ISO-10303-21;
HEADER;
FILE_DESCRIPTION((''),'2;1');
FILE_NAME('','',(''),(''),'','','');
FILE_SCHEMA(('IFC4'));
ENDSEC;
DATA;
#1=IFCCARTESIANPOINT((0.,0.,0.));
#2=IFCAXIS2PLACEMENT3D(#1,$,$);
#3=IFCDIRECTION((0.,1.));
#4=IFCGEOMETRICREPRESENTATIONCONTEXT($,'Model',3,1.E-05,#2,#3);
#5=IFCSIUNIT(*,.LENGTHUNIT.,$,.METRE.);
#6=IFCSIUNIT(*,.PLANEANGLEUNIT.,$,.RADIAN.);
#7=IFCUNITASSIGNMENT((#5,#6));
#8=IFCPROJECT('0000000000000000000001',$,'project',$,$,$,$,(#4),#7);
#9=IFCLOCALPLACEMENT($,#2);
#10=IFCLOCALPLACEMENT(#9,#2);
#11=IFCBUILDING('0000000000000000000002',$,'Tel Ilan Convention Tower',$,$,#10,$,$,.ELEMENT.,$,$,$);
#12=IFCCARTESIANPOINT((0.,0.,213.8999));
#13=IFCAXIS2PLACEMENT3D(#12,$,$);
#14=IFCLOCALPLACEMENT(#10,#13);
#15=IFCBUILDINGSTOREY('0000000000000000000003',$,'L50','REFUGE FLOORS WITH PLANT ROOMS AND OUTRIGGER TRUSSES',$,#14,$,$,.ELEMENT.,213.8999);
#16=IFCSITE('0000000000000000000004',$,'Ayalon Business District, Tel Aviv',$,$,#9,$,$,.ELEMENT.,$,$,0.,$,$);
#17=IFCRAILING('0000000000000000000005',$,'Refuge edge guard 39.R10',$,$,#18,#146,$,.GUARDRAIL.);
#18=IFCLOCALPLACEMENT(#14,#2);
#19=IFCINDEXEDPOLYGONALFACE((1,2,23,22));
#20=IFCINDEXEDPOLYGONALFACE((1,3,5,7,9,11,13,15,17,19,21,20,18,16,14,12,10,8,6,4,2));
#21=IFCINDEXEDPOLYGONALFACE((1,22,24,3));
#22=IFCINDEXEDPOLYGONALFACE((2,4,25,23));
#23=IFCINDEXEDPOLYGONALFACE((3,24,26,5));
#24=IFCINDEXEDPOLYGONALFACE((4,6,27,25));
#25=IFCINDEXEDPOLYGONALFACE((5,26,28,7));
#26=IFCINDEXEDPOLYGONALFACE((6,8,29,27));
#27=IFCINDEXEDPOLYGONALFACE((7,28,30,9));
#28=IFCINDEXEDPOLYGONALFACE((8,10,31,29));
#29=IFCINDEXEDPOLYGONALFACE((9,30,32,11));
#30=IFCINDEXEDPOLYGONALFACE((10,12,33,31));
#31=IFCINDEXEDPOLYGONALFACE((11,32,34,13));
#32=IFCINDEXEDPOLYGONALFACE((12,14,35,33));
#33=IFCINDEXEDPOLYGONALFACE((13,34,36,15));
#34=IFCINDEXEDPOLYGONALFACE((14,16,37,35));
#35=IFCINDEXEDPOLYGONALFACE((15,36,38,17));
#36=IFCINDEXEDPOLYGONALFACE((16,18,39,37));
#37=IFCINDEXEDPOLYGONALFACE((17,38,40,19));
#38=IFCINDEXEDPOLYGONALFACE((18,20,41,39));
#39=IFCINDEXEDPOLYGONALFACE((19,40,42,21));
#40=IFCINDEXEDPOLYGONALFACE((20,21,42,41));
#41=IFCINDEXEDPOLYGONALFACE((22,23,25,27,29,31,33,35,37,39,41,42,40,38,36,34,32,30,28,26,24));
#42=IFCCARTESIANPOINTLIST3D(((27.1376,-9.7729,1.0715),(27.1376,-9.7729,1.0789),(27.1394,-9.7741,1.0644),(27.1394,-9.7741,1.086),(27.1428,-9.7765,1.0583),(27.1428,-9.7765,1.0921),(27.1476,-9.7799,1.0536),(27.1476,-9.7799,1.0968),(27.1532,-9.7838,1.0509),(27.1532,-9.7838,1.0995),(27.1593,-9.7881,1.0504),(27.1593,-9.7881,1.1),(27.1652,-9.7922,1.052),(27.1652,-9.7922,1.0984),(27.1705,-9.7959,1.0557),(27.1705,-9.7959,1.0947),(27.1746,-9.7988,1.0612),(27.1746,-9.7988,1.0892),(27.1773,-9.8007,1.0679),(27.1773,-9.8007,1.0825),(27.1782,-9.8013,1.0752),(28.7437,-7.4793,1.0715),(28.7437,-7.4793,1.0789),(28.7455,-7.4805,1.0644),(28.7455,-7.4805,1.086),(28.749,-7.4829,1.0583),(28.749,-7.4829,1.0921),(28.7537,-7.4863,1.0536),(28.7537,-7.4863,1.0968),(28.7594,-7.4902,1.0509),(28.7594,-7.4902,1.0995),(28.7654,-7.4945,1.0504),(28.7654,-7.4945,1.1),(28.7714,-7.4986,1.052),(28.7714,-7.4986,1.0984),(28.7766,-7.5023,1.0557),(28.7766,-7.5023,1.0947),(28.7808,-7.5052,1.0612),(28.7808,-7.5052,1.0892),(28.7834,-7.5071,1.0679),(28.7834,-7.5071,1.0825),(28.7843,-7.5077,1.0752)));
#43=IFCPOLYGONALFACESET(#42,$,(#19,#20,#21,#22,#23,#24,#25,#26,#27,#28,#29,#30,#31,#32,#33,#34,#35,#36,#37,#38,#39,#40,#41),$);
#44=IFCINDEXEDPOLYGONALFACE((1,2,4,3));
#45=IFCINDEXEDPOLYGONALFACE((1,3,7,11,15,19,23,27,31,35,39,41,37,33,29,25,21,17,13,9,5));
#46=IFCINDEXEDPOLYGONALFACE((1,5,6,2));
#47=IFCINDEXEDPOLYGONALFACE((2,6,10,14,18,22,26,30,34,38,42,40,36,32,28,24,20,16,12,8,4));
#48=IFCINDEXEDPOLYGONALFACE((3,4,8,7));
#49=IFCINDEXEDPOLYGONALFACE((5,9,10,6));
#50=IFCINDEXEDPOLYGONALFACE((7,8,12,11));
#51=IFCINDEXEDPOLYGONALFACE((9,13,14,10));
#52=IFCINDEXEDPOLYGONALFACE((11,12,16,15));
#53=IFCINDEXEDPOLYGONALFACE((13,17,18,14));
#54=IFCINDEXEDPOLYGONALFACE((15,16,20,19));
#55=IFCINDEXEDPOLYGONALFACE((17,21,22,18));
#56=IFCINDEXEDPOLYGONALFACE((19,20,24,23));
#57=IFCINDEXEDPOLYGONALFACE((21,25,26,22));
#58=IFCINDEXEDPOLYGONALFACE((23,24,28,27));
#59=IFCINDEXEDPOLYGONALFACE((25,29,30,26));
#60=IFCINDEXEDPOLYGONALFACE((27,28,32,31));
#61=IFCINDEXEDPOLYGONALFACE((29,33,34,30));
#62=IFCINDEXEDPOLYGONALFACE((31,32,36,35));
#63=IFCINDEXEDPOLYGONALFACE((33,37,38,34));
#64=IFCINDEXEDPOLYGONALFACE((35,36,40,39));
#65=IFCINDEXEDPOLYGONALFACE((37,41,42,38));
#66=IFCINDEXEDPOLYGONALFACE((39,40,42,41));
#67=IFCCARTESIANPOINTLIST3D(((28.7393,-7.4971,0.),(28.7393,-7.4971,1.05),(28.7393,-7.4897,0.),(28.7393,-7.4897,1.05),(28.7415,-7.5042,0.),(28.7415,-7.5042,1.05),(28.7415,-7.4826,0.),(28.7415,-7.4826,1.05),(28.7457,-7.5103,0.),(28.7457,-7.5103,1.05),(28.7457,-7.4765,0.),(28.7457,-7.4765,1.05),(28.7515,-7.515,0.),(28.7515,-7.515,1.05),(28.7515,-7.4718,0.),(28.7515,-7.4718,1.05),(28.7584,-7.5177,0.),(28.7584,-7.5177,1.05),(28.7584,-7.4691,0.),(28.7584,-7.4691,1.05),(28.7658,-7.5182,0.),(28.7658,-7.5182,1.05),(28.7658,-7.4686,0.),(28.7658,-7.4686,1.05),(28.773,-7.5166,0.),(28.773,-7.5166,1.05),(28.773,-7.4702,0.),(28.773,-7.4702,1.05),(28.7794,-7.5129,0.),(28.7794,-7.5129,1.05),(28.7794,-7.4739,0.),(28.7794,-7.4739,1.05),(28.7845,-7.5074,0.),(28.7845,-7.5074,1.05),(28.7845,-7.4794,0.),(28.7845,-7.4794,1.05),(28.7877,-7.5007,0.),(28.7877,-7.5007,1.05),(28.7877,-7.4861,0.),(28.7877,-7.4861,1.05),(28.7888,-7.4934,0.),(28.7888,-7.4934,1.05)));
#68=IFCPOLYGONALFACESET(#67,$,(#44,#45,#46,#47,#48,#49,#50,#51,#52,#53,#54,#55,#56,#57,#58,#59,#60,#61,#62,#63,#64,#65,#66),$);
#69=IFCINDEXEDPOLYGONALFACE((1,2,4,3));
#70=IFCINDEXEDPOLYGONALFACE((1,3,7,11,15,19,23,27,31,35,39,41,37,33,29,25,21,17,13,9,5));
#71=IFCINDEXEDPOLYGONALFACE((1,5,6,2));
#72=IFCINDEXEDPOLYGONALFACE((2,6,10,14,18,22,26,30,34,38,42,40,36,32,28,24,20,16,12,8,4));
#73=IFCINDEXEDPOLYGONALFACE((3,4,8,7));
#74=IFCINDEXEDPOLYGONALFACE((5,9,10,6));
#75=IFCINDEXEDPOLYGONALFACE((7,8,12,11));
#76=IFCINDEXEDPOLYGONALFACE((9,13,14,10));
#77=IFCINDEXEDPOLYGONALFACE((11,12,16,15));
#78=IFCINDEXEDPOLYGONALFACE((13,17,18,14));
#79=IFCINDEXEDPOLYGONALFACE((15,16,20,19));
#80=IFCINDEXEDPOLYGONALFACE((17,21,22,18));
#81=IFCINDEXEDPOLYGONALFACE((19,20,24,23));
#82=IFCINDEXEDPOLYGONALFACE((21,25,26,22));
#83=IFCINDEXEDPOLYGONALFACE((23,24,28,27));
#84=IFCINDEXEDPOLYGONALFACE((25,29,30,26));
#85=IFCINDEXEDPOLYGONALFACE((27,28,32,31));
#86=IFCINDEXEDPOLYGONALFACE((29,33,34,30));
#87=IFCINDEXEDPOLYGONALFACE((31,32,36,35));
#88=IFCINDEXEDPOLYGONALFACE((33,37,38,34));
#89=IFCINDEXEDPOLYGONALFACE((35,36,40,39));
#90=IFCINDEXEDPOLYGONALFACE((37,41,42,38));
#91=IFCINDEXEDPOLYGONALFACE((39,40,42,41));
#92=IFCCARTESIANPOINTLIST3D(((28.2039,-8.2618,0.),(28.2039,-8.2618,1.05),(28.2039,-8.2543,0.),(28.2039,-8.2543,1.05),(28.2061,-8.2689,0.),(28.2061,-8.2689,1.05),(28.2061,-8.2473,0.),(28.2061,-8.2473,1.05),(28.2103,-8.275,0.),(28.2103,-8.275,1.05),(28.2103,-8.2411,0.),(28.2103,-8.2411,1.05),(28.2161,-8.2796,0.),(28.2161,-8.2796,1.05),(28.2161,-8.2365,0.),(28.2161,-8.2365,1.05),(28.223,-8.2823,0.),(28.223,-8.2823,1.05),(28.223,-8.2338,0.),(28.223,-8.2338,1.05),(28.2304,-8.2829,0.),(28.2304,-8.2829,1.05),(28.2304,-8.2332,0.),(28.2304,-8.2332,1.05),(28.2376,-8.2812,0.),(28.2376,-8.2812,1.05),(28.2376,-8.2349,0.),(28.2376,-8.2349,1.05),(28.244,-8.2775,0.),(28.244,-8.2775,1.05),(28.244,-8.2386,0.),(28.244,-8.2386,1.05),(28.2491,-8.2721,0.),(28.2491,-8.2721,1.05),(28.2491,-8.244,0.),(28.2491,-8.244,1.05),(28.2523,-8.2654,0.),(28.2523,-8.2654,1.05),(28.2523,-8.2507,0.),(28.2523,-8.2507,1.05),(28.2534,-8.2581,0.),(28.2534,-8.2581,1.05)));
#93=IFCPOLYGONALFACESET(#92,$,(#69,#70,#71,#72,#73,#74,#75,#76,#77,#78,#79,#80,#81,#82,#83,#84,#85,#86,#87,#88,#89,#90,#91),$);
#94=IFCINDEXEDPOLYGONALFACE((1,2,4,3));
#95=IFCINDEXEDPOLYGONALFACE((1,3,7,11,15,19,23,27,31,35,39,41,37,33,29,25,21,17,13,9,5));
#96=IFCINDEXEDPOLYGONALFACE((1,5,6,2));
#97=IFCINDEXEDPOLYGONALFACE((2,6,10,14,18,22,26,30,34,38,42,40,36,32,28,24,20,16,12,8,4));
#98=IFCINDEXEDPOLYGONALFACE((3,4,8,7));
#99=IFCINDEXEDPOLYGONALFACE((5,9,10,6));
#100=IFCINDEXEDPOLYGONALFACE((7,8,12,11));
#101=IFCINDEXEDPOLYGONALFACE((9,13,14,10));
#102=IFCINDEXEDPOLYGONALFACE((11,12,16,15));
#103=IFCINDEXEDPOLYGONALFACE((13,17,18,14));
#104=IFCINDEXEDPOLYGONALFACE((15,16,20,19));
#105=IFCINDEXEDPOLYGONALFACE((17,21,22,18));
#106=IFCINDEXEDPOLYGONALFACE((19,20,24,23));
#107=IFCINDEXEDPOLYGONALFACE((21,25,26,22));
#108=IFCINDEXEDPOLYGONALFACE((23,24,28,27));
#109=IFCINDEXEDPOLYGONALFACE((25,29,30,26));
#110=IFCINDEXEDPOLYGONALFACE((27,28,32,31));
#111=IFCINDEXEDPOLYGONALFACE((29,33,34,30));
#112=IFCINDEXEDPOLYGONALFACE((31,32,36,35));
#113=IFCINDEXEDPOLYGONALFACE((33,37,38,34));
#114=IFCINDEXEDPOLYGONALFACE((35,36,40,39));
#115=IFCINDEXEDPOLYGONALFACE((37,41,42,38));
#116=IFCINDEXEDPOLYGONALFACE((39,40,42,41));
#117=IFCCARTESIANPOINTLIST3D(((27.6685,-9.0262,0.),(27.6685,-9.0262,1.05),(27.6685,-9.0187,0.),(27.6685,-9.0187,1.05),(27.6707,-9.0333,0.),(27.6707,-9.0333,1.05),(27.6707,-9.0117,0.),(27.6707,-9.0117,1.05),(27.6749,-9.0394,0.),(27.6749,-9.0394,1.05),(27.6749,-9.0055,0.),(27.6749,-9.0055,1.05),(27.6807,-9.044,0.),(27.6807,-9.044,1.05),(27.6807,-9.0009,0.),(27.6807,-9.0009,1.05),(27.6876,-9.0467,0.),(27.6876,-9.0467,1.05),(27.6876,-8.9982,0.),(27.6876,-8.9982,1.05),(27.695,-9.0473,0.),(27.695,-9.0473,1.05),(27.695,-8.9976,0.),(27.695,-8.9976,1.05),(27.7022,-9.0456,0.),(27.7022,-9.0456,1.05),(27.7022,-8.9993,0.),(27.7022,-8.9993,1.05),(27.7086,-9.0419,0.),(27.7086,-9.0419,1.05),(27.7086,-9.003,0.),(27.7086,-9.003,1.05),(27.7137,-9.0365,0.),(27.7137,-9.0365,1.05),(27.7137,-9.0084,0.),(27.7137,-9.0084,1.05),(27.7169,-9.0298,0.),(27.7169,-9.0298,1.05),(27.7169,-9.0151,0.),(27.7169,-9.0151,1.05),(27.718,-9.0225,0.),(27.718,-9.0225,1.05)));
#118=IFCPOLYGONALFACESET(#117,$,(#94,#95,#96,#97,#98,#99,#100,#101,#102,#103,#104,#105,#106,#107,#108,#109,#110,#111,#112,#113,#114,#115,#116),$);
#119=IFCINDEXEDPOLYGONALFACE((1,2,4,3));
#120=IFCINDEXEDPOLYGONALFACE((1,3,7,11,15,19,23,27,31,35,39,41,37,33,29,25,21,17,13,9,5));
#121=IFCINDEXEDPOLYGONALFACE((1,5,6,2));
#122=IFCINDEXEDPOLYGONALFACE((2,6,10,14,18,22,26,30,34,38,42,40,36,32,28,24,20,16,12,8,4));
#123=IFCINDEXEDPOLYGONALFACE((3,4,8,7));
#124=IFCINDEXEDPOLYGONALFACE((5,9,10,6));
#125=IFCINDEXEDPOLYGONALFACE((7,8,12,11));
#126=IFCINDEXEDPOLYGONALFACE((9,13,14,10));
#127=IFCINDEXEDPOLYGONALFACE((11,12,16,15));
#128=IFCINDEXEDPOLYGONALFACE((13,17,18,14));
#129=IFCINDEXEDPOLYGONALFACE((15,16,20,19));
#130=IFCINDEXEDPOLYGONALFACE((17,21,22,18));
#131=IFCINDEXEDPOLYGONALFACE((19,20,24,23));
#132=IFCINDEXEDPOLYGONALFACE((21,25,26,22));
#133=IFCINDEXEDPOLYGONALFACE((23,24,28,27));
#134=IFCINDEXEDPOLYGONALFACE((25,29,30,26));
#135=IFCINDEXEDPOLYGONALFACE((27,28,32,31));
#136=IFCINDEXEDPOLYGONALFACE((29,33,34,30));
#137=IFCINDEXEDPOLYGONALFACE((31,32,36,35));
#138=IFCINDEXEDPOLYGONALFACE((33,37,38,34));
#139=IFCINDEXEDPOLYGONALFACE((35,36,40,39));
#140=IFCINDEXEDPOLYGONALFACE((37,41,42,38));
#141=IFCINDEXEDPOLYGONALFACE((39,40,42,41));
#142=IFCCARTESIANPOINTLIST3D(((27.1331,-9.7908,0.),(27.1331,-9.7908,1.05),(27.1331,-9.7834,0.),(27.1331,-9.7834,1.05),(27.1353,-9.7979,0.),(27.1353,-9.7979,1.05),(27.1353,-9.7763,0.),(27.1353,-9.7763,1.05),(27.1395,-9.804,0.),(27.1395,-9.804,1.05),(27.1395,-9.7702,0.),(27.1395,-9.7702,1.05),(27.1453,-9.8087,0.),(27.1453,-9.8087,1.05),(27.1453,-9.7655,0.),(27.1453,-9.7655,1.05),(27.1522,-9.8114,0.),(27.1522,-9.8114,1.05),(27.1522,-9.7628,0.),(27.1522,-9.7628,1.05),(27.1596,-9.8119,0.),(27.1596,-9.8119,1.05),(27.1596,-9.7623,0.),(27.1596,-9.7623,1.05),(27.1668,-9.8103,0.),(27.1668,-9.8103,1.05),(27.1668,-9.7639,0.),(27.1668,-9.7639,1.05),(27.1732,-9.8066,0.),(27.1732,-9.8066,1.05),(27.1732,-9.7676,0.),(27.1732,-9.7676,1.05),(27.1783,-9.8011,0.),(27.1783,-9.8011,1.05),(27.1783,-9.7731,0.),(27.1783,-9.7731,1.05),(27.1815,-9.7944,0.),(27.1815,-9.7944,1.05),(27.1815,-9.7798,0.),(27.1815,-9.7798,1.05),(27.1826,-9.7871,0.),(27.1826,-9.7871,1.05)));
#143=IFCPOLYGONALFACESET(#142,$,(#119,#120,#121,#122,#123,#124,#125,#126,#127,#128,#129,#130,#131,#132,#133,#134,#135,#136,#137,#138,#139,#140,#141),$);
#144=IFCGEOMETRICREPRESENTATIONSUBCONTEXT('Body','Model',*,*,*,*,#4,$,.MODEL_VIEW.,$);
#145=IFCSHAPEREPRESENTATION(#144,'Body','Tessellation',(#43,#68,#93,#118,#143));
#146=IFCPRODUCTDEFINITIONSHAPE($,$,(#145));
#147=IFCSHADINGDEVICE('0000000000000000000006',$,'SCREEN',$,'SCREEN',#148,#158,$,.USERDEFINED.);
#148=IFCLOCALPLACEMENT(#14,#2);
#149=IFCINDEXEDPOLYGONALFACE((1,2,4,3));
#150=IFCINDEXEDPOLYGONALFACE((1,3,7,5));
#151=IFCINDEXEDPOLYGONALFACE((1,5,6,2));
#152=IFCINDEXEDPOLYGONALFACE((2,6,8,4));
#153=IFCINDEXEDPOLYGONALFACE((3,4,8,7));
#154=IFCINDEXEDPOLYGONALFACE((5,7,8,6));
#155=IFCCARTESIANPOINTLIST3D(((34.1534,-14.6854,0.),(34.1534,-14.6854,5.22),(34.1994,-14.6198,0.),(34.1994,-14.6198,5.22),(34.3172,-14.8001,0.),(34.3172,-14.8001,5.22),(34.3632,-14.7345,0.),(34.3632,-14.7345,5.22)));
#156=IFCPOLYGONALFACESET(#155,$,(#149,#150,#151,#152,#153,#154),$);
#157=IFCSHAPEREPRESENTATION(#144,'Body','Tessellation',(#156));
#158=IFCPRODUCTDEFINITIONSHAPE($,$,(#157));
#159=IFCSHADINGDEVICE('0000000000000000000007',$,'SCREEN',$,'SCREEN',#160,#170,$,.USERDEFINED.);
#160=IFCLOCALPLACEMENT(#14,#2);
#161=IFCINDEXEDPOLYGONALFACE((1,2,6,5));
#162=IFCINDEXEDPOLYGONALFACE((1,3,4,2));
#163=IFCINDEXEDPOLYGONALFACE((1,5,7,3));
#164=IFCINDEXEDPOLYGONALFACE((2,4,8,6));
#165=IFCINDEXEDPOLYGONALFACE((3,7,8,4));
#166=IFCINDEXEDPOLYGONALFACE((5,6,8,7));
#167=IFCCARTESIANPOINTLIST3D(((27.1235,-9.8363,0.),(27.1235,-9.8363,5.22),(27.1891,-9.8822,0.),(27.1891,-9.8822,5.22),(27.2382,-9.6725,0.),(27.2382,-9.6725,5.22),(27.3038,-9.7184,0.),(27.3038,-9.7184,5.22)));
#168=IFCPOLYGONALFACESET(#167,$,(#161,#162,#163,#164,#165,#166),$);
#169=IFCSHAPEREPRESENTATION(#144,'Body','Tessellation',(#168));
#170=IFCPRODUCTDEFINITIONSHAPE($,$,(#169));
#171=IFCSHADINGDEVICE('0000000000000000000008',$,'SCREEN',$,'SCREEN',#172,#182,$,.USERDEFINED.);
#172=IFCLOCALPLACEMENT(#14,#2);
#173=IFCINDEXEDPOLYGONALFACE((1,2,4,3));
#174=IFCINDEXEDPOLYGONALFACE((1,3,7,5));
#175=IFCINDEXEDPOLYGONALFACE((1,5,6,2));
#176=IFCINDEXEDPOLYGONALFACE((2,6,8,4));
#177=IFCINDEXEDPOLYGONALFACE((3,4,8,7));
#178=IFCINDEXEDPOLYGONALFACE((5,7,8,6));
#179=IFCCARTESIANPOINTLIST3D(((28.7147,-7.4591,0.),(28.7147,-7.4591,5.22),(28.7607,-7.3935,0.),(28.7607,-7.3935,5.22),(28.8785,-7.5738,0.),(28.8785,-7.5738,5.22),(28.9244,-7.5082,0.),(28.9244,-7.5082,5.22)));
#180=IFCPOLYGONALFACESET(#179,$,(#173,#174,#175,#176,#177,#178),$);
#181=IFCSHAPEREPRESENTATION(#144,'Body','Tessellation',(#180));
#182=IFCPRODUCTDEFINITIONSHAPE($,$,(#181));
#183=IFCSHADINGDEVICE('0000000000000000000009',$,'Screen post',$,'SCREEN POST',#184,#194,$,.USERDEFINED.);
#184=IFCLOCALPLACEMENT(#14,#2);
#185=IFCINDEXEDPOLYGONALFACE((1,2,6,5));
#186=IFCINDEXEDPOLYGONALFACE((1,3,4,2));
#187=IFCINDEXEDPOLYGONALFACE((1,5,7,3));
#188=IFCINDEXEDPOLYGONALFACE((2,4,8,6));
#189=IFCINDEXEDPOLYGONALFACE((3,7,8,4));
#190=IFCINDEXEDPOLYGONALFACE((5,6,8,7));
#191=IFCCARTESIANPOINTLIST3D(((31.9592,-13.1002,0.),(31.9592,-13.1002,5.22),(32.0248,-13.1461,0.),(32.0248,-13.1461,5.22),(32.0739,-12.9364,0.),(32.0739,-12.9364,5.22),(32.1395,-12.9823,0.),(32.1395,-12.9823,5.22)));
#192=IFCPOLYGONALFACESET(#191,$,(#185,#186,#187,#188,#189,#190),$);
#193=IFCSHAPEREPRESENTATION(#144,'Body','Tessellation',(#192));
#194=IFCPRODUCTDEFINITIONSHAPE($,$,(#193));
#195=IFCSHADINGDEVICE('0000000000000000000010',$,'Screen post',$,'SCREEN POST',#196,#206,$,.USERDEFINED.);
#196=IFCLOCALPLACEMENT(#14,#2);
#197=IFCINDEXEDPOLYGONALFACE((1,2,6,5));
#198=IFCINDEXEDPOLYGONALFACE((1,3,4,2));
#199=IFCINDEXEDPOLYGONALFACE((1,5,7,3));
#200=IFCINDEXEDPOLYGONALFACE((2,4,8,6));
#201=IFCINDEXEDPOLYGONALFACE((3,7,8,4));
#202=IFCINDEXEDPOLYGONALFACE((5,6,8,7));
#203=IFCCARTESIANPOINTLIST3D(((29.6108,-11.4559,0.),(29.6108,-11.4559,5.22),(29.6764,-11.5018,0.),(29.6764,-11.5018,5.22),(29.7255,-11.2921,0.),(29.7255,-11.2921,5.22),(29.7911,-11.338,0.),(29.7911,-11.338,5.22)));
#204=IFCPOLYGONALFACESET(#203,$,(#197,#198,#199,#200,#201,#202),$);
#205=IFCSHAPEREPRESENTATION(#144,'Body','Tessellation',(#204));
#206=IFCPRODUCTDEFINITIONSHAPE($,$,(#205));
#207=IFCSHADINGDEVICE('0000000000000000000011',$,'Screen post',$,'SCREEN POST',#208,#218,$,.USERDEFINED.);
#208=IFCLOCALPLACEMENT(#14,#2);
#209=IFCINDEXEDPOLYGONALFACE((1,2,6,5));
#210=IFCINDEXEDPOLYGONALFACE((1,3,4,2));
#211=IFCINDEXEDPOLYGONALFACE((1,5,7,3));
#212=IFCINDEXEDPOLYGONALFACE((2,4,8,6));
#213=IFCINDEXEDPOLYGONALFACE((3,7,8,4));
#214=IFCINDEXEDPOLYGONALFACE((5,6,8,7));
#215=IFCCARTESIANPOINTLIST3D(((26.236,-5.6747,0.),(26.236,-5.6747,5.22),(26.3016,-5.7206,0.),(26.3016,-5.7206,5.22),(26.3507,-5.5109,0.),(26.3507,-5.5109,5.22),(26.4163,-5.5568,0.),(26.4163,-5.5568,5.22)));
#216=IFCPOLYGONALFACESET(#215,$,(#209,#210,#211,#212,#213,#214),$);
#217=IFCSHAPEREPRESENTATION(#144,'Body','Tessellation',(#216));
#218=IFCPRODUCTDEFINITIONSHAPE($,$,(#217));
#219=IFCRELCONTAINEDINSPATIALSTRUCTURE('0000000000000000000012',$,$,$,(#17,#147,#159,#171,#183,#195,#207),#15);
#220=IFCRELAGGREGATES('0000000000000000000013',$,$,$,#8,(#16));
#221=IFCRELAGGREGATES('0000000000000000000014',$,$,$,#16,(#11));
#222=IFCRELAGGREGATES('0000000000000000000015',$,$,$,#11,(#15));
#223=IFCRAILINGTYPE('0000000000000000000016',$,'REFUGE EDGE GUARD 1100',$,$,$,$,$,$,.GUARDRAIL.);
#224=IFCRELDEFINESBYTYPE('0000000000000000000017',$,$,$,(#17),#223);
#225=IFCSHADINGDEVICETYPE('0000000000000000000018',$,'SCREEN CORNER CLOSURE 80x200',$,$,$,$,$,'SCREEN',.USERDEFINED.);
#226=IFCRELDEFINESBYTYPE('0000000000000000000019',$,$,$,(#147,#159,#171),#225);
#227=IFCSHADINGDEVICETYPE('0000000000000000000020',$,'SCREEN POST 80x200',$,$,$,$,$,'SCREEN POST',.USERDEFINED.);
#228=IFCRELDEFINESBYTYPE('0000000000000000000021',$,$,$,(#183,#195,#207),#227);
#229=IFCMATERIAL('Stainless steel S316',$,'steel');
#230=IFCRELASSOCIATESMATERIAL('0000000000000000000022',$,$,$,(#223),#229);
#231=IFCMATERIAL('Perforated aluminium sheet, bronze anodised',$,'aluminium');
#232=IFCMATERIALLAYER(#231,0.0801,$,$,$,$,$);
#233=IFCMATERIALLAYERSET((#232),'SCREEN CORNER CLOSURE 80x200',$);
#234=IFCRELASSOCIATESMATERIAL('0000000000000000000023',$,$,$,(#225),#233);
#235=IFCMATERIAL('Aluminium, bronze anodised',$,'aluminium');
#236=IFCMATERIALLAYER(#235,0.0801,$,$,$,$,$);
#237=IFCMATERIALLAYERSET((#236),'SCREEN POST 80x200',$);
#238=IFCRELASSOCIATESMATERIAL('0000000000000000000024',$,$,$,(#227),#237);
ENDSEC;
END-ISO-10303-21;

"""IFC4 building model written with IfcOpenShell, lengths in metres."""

from ifc_helpers import new_model, si_unit, direction, frame, origin, origin_2d, place, context, subcontext, project, spatial, rectangle, circle, extrude, material, layer, layer_set, type_object, element, save


model = new_model("IFC4")

# Units and contexts
model_context = context("Model", 3, precision=1e-05, world=origin(), true_north=direction((0.0, 1.0)))
body_context = subcontext(model_context, "Body", "Model", "MODEL_VIEW")
ifc_project = project(units=[si_unit("LENGTHUNIT", "METRE"), si_unit("PLANEANGLEUNIT", "RADIAN")], contexts=[model_context])

# Site, building, storey
site_placement = place(None, origin())
site = spatial("IfcSite", under=ifc_project, at=site_placement, Name="Ayalon Business District, Tel Aviv", CompositionType="ELEMENT", RefElevation=0.0)
building_placement = place(site_placement, origin())
building = spatial("IfcBuilding", under=site, at=building_placement, Name="Tel Ilan Convention Tower", CompositionType="ELEMENT")
storey_placement = place(building_placement, frame((0.0, 0.0, 213.8999)))
storey = spatial("IfcBuildingStorey", under=building, at=storey_placement, Name="L50", Description="REFUGE FLOORS WITH PLANT ROOMS AND OUTRIGGER TRUSSES", CompositionType="ELEMENT", Elevation=213.8999)

# Railing
ifc_material_1 = material(Name="Stainless steel S316", Category="steel")
railing_type_1 = type_object("IfcRailingType", Name="REFUGE EDGE GUARD 1100", PredefinedType="GUARDRAIL", material=ifc_material_1)
railing_1_placement = place(storey_placement, frame((28.7639, -7.4934, 0.0)))
element("IfcRailing", 1, at=railing_1_placement, inside=storey, type_object=railing_type_1, Name="Refuge edge guard 39.R10", PredefinedType="GUARDRAIL", context=body_context, shape_type="SweptSolid", body=[
    extrude(circle(Radius=0.0249, at=origin_2d()), frame((0.0, 0.0, 1.0752), z_axis=(-0.573609, -0.81913, 0.0), x_axis=(0.81913, -0.573609, 0.0)), (0.0, 0.0, 1.0), 2.8),
    extrude(circle(Radius=0.0249, at=origin_2d()), origin(), (0.0, 0.0, 1.0), 1.05),
    extrude(circle(Radius=0.0249, at=origin_2d()), frame((-0.5354, -0.7646, 0.0)), (0.0, 0.0, 1.0), 1.05),
    extrude(circle(Radius=0.0249, at=origin_2d()), frame((-1.0708, -1.5291, 0.0)), (0.0, 0.0, 1.0), 1.05),
    extrude(circle(Radius=0.0249, at=origin_2d()), frame((-1.6062, -2.2937, 0.0)), (0.0, 0.0, 1.0), 1.05),
])

# Shading devices
ifc_material_2 = material(Name="Perforated aluminium sheet, bronze anodised", Category="aluminium")
ifc_layer_1 = layer(ifc_material_2, 0.0801)
ifc_layer_set_1 = layer_set([ifc_layer_1], Name="SCREEN CORNER CLOSURE 80x200")
shading_device_type_1 = type_object("IfcShadingDeviceType", Name="SCREEN CORNER CLOSURE 80x200", ElementType="SCREEN", PredefinedType="USERDEFINED", material=ifc_layer_set_1)
for number, where, z_axis, x_axis, name in (
    (2, (34.2583, -14.71, 0.0), (0.0, 0.0, 1.0), (0.573576, 0.819152, 0.0), "SCREEN"),
    (3, (27.2136, -9.7773, 0.0), (0.0, 0.0, 1.0), (-0.819152, 0.573576, 0.0), "SCREEN"),
    (4, (28.8196, -7.4836, 0.0), (0.0, 0.0, 1.0), (0.573576, 0.819152, 0.0), "SCREEN"),
):
    element("IfcShadingDevice", number, at=place(storey_placement, frame(where, z_axis=z_axis, x_axis=x_axis)), inside=storey, type_object=shading_device_type_1, Name=name, ObjectType="SCREEN", PredefinedType="USERDEFINED", context=body_context, shape_type="SweptSolid", body=[
        extrude(rectangle(XDim=0.0801, YDim=0.2, at=origin_2d()), origin(), (0.0, 0.0, 1.0), 5.22),
    ])
ifc_material_3 = material(Name="Aluminium, bronze anodised", Category="aluminium")
ifc_layer_2 = layer(ifc_material_3, 0.0801)
ifc_layer_set_2 = layer_set([ifc_layer_2], Name="SCREEN POST 80x200")
shading_device_type_2 = type_object("IfcShadingDeviceType", Name="SCREEN POST 80x200", ElementType="SCREEN POST", PredefinedType="USERDEFINED", material=ifc_layer_set_2)
for number, where, z_axis, x_axis, name in (
    (5, (32.0493, -13.0413, 0.0), (0.0, 0.0, 1.0), (-0.819152, 0.573576, 0.0), "Screen post"),
    (6, (29.7009, -11.397, 0.0), (0.0, 0.0, 1.0), (-0.819152, 0.573576, 0.0), "Screen post"),
    (7, (26.3262, -5.6157, 0.0), (0.0, 0.0, 1.0), (-0.819152, 0.573576, 0.0), "Screen post"),
):
    element("IfcShadingDevice", number, at=place(storey_placement, frame(where, z_axis=z_axis, x_axis=x_axis)), inside=storey, type_object=shading_device_type_2, Name=name, ObjectType="SCREEN POST", PredefinedType="USERDEFINED", context=body_context, shape_type="SweptSolid", body=[
        extrude(rectangle(XDim=0.0801, YDim=0.2, at=origin_2d()), origin(), (0.0, 0.0, 1.0), 5.22),
    ])

save(model, "model.ifc")
